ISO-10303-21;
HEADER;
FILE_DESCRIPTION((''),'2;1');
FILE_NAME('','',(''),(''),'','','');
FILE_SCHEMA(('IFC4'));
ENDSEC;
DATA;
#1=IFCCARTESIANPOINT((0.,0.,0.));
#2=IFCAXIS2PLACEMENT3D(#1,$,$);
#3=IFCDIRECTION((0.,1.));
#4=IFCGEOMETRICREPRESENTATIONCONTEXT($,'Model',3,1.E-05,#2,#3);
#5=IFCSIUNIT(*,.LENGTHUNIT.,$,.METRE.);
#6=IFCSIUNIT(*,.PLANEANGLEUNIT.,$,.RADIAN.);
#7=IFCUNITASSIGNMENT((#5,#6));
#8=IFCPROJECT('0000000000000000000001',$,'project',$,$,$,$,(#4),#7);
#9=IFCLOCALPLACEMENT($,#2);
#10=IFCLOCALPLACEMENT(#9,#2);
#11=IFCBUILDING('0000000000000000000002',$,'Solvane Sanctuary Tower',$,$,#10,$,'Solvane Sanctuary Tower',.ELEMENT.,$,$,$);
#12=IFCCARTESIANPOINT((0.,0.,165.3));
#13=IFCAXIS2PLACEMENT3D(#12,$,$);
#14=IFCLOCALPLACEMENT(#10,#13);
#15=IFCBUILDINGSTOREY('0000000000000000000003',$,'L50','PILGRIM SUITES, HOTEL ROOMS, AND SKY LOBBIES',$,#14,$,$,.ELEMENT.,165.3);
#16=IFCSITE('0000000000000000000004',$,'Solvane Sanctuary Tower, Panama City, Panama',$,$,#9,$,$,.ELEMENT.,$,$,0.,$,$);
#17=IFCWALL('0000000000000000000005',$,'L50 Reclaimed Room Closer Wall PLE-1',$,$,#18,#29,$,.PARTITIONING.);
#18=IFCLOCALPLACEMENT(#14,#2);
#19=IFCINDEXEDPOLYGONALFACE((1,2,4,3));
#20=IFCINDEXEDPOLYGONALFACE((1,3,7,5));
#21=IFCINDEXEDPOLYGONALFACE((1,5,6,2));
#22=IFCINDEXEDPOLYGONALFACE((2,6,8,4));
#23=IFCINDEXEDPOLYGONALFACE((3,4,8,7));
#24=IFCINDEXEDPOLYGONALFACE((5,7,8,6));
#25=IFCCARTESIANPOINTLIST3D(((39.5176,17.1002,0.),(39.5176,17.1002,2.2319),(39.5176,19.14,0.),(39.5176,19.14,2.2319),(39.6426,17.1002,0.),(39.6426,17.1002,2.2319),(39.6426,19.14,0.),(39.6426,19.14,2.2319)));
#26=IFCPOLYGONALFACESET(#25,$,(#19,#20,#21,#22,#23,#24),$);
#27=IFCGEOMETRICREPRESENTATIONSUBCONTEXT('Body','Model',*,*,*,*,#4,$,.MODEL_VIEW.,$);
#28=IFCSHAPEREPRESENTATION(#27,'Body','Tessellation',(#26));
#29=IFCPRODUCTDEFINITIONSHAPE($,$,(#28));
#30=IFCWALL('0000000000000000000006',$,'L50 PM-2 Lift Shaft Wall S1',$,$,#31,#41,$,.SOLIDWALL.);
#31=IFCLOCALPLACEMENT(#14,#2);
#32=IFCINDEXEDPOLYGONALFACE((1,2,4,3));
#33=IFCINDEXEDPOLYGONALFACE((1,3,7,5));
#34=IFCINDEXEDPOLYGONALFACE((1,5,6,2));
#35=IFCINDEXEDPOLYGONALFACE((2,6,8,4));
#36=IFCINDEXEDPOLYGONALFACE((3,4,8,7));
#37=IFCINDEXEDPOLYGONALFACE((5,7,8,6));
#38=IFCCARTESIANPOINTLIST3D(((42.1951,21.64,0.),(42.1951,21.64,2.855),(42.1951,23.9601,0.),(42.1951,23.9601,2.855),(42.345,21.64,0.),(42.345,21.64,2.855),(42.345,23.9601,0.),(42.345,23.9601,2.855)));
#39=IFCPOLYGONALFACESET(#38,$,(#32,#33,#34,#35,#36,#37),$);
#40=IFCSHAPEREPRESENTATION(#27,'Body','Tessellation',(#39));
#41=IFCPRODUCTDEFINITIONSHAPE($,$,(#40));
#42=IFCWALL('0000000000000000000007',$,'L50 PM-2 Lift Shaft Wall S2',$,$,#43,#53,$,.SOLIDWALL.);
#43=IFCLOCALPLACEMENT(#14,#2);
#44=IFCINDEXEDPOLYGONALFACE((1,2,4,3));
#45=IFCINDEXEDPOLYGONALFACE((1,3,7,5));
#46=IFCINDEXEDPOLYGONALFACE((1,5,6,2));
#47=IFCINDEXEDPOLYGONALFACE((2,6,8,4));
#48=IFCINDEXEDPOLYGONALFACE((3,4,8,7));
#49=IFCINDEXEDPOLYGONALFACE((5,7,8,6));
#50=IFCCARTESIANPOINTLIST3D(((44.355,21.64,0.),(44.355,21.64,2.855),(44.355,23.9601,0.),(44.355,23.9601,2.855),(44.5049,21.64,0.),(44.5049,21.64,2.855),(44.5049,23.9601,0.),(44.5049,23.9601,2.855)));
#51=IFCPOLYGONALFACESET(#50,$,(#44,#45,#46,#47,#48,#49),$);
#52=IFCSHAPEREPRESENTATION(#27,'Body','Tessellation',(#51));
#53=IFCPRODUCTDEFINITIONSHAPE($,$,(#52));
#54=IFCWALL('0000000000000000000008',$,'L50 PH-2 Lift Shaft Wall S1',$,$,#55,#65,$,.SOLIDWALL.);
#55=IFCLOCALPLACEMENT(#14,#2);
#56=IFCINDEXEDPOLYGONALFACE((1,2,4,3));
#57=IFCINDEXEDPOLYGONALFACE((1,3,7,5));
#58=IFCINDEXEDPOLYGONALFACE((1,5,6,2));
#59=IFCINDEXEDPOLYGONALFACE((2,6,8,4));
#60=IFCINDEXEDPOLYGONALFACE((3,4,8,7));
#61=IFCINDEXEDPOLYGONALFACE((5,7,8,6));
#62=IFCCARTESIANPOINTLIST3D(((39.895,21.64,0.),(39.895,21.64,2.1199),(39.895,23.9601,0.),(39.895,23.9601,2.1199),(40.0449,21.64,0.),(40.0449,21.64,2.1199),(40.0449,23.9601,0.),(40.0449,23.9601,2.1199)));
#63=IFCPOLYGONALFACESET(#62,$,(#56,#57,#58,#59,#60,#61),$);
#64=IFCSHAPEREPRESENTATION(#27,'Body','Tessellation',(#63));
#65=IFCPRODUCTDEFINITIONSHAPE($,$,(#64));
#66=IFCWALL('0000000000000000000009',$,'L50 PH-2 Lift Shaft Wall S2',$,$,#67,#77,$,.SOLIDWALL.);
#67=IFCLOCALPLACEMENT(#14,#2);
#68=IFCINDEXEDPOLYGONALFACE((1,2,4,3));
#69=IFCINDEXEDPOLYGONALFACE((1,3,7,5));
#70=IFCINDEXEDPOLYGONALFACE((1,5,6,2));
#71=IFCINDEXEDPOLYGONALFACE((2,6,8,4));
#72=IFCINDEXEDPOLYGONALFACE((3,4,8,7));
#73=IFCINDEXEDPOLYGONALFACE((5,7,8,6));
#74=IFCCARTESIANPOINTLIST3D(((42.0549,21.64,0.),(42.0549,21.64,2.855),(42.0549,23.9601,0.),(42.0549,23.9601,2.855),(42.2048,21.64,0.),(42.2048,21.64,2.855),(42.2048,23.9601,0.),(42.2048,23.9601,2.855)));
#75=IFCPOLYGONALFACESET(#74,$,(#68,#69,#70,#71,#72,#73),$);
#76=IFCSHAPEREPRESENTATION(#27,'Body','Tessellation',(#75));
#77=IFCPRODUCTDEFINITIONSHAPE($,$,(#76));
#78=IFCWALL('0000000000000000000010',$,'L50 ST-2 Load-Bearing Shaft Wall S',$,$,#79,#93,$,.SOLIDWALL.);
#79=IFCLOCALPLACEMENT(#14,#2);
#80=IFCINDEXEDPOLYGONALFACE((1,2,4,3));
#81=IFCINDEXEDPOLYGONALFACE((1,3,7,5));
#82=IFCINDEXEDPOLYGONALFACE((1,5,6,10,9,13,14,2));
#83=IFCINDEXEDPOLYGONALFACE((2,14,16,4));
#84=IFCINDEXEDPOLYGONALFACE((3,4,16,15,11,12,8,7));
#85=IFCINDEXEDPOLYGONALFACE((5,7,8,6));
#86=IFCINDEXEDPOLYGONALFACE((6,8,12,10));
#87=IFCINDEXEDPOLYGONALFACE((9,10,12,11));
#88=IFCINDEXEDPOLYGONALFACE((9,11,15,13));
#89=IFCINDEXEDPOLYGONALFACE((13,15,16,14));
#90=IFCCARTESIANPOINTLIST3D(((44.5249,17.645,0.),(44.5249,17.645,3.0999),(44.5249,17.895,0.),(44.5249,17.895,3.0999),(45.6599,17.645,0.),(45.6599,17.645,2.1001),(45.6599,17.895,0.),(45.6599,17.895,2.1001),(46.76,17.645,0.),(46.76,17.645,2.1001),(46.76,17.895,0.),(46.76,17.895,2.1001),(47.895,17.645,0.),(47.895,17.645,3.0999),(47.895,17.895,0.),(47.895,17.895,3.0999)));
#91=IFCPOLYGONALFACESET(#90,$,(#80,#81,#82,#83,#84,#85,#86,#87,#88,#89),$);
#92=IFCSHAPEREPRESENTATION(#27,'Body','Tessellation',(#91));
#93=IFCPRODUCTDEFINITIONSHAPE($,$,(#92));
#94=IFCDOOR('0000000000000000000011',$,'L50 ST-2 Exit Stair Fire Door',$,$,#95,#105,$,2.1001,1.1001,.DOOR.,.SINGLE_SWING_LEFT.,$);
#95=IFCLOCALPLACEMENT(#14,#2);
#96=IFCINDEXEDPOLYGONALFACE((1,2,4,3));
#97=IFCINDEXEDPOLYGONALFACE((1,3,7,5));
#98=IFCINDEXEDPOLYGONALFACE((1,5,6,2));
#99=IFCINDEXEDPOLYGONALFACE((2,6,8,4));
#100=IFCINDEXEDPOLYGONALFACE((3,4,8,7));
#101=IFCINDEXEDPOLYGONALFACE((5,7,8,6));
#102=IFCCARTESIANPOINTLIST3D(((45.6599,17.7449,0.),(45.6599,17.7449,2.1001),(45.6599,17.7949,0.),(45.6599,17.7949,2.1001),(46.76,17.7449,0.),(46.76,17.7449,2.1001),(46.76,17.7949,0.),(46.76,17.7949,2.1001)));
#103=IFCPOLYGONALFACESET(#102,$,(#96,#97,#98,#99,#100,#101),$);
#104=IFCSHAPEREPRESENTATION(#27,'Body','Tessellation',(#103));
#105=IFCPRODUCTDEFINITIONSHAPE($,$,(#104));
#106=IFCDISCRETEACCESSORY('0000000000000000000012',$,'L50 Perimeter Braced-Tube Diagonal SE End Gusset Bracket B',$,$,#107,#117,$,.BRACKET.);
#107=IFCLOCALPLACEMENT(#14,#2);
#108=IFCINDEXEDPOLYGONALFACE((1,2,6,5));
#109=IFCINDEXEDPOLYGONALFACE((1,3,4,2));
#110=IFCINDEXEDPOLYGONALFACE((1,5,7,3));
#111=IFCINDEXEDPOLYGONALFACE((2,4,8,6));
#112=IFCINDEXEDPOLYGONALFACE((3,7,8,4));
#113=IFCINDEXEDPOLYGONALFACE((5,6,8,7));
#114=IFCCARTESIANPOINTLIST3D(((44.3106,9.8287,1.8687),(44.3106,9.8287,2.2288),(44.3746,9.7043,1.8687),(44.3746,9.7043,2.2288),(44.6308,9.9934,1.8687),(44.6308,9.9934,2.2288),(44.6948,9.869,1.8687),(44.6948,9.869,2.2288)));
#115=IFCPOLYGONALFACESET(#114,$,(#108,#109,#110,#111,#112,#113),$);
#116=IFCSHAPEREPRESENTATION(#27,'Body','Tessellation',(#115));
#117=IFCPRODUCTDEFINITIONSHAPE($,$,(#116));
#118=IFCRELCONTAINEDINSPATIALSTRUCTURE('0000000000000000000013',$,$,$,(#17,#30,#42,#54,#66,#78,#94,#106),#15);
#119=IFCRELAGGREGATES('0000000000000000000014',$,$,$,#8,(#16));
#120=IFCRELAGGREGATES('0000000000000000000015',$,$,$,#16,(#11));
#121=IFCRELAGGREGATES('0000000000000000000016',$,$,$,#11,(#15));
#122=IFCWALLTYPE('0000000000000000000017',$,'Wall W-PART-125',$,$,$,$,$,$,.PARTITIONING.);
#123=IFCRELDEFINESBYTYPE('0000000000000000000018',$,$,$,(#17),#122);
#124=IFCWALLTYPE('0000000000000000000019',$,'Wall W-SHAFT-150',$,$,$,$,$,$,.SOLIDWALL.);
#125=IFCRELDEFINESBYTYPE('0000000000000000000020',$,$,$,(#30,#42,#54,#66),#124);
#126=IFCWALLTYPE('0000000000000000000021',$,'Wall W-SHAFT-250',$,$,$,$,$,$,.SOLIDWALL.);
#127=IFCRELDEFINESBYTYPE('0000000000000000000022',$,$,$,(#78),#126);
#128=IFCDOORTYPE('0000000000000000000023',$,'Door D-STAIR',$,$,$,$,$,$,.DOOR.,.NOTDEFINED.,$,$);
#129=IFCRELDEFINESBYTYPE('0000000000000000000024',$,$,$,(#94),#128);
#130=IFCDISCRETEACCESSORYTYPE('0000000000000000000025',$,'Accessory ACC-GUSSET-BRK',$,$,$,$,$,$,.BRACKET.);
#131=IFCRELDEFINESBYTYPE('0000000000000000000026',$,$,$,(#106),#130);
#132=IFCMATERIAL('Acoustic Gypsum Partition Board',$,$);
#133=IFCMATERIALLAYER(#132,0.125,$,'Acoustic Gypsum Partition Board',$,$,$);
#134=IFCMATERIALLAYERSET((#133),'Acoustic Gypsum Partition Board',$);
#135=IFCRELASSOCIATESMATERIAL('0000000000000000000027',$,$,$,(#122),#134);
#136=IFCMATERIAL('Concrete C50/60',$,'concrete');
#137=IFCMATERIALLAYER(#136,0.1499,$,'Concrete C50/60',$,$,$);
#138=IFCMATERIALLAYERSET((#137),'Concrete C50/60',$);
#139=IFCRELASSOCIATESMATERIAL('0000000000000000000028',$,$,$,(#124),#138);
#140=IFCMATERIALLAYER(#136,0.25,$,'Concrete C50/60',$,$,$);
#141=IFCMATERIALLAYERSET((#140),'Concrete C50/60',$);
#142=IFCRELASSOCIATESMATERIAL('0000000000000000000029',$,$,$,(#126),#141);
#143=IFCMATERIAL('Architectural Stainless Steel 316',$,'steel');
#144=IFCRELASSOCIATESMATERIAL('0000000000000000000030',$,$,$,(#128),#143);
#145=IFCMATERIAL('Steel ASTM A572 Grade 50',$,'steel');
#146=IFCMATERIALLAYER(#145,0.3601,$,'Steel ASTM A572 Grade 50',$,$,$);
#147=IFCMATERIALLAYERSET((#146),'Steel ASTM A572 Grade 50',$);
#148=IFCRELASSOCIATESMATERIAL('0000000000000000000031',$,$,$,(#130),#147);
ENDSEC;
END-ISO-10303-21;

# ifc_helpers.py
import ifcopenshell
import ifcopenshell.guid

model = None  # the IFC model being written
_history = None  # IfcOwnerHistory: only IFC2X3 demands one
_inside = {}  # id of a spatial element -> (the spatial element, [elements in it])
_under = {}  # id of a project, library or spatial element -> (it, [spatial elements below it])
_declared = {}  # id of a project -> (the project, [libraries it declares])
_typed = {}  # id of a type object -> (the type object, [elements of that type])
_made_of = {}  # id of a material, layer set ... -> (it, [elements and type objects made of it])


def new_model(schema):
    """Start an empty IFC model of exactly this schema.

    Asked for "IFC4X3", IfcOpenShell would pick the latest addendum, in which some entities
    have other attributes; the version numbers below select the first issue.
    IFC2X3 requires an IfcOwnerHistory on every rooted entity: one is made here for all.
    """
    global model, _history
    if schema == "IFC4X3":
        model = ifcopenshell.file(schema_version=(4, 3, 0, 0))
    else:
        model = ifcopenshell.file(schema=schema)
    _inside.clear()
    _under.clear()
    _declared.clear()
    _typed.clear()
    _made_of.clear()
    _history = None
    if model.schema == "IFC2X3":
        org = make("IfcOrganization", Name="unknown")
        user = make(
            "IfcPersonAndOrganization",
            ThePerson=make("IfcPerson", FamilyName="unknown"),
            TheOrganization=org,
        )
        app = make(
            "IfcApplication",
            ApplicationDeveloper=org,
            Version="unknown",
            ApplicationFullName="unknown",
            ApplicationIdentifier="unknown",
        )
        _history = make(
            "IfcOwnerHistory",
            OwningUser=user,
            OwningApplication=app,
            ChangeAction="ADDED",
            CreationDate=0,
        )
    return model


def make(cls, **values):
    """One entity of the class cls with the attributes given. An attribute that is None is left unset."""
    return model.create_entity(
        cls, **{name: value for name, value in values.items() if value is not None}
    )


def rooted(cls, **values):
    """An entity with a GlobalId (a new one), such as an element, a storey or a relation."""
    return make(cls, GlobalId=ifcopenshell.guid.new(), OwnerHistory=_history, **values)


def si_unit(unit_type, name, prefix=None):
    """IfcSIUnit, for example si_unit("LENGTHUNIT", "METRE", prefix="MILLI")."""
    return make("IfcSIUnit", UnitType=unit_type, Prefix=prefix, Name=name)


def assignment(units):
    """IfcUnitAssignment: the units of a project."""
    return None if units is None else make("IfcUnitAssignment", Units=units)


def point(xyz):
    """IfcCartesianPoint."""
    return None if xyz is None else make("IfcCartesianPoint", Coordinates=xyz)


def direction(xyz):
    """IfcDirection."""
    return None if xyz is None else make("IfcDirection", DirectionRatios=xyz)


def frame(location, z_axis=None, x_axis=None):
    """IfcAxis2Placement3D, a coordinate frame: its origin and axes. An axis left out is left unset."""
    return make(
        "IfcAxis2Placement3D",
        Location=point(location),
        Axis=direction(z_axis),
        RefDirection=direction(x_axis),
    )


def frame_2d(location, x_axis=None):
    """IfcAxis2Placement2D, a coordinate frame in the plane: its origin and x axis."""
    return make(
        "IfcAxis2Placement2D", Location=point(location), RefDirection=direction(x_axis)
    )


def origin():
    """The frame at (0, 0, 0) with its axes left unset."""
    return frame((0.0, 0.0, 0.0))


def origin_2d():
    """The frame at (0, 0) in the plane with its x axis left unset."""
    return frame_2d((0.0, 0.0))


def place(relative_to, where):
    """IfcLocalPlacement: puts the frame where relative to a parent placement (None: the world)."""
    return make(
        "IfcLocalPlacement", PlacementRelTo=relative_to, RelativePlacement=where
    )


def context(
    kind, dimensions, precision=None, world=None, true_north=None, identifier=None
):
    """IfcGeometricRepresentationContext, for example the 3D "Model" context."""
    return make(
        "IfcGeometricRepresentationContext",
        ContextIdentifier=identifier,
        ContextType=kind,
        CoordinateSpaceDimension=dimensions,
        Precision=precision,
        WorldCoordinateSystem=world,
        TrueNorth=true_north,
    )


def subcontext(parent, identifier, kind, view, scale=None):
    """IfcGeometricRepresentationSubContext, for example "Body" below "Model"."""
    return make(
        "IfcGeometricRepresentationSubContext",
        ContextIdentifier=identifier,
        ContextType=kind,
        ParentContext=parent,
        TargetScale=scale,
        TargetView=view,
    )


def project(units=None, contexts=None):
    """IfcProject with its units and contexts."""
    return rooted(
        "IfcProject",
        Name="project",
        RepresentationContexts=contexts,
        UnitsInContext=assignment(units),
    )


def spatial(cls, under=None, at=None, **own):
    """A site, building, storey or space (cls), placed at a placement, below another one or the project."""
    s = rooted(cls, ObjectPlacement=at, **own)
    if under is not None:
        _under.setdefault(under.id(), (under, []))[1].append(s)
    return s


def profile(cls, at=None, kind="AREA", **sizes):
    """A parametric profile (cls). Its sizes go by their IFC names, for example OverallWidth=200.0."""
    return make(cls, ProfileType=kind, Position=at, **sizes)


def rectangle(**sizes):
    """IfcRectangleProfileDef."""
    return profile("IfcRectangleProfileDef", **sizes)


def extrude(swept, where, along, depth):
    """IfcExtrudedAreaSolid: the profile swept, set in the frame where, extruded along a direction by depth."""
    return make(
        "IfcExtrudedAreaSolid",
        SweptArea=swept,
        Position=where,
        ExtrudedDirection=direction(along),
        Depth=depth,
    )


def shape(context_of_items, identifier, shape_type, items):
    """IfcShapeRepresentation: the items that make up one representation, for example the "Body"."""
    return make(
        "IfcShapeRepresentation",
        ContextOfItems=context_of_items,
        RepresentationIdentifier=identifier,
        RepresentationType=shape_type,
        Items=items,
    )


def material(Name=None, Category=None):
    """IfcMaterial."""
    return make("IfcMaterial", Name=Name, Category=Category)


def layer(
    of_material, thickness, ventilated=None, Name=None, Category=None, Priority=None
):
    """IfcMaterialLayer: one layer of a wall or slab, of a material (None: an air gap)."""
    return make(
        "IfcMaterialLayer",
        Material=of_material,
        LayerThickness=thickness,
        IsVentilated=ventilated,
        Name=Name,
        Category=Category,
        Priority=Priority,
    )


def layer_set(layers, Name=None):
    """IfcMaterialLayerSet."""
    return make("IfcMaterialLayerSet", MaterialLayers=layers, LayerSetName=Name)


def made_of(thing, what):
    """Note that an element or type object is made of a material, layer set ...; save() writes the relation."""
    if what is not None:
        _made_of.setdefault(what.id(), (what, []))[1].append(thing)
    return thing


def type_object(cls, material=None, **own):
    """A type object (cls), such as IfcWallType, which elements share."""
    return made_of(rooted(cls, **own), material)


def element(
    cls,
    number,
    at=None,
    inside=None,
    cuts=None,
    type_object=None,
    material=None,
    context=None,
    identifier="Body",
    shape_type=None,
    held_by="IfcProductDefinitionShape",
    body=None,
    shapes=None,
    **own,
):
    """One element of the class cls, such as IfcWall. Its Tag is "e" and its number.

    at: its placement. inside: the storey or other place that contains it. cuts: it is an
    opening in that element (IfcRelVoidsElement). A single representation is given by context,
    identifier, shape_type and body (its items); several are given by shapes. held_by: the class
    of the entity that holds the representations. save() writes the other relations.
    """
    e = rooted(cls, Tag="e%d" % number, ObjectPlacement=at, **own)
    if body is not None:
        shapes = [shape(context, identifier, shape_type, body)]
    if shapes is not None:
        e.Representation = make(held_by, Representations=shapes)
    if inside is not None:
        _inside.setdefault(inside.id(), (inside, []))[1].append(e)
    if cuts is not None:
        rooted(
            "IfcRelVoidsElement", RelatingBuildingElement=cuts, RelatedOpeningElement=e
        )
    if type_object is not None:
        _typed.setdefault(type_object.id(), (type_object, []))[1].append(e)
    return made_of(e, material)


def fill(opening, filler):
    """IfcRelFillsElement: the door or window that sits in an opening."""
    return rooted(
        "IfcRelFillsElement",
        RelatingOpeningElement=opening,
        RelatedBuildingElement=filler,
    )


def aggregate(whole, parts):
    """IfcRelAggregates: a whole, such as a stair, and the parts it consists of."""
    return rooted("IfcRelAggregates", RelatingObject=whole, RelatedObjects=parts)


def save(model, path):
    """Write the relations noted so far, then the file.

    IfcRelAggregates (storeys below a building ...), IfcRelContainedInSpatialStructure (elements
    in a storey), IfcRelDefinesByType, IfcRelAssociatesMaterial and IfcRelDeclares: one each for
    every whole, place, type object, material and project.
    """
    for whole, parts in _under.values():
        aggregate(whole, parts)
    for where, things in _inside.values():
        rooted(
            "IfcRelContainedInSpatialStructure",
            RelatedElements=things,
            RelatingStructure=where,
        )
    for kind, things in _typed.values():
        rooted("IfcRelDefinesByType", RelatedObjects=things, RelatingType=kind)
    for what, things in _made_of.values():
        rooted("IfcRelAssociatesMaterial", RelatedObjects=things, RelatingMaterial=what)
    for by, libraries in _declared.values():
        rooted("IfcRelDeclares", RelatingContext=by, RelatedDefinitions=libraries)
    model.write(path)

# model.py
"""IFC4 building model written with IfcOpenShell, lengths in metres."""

from ifc_helpers import new_model, si_unit, direction, frame, frame_2d, origin, origin_2d, place, context, subcontext, project, spatial, rectangle, extrude, material, layer, layer_set, type_object, element, fill, save


model = new_model("IFC4")

# Units and contexts
model_context = context("Model", 3, precision=1e-05, world=origin(), true_north=direction((0.0, 1.0)))
body_context = subcontext(model_context, "Body", "Model", "MODEL_VIEW")
ifc_project = project(units=[si_unit("LENGTHUNIT", "METRE"), si_unit("PLANEANGLEUNIT", "RADIAN")], contexts=[model_context])

# Site, building, storey
site_placement = place(None, origin())
site = spatial("IfcSite", under=ifc_project, at=site_placement, Name="Solvane Sanctuary Tower, Panama City, Panama", CompositionType="ELEMENT", RefElevation=0.0)
building_placement = place(site_placement, origin())
building = spatial("IfcBuilding", under=site, at=building_placement, Name="Solvane Sanctuary Tower", LongName="Solvane Sanctuary Tower", CompositionType="ELEMENT")
storey_placement = place(building_placement, frame((0.0, 0.0, 165.3)))
storey = spatial("IfcBuildingStorey", under=building, at=storey_placement, Name="L50", Description="PILGRIM SUITES, HOTEL ROOMS, AND SKY LOBBIES", CompositionType="ELEMENT", Elevation=165.3)

# Shared definitions
ifc_material_1 = material(Name="Acoustic Gypsum Partition Board")

# Shared definitions
ifc_layer_1 = layer(ifc_material_1, 0.125, Name="Acoustic Gypsum Partition Board")
ifc_layer_set_1 = layer_set([ifc_layer_1], Name="Acoustic Gypsum Partition Board")
wall_type_1 = type_object("IfcWallType", Name="Wall W-PART-125", PredefinedType="PARTITIONING", material=ifc_layer_set_1)
ifc_material_2 = material(Name="Architectural Stainless Steel 316", Category="steel")

# Walls
wall_1_placement = place(storey_placement, frame((39.5801, 17.1001, 0.0), z_axis=(0.0, 0.0, 1.0), x_axis=(0.0, 1.0, 0.0)))
element("IfcWall", 1, at=wall_1_placement, inside=storey, type_object=wall_type_1, Name="L50 Reclaimed Room Closer Wall PLE-1", PredefinedType="PARTITIONING", context=body_context, shape_type="SweptSolid", body=[
    extrude(rectangle(XDim=2.0398, YDim=0.125, at=frame_2d((1.02, 0.0))), origin(), (0.0, 0.0, 1.0), 2.2319),
])
ifc_material_3 = material(Name="Concrete C50/60", Category="concrete")
ifc_layer_2 = layer(ifc_material_3, 0.1499, Name="Concrete C50/60")
ifc_layer_set_2 = layer_set([ifc_layer_2], Name="Concrete C50/60")
wall_type_2 = type_object("IfcWallType", Name="Wall W-SHAFT-150", PredefinedType="SOLIDWALL", material=ifc_layer_set_2)
for number, where, z_axis, x_axis, name in (
    (2, (42.27, 21.6399, 0.0), (0.0, 0.0, 1.0), (0.0, 1.0, 0.0), "L50 PM-2 Lift Shaft Wall S1"),
    (3, (44.4299, 21.6399, 0.0), (0.0, 0.0, 1.0), (0.0, 1.0, 0.0), "L50 PM-2 Lift Shaft Wall S2"),
):
    element("IfcWall", number, at=place(storey_placement, frame(where, z_axis=z_axis, x_axis=x_axis)), inside=storey, type_object=wall_type_2, Name=name, PredefinedType="SOLIDWALL", context=body_context, shape_type="SweptSolid", body=[
        extrude(rectangle(XDim=2.3201, YDim=0.1499, at=frame_2d((1.1602, 0.0))), origin(), (0.0, 0.0, 1.0), 2.855),
    ])
wall_2_placement = place(storey_placement, frame((39.97, 21.6399, 0.0), z_axis=(0.0, 0.0, 1.0), x_axis=(0.0, 1.0, 0.0)))
element("IfcWall", 4, at=wall_2_placement, inside=storey, type_object=wall_type_2, Name="L50 PH-2 Lift Shaft Wall S1", PredefinedType="SOLIDWALL", context=body_context, shape_type="SweptSolid", body=[
    extrude(rectangle(XDim=2.3201, YDim=0.1499, at=frame_2d((1.1602, 0.0))), origin(), (0.0, 0.0, 1.0), 2.1199),
])
wall_3_placement = place(storey_placement, frame((42.1299, 21.6399, 0.0), z_axis=(0.0, 0.0, 1.0), x_axis=(0.0, 1.0, 0.0)))
element("IfcWall", 5, at=wall_3_placement, inside=storey, type_object=wall_type_2, Name="L50 PH-2 Lift Shaft Wall S2", PredefinedType="SOLIDWALL", context=body_context, shape_type="SweptSolid", body=[
    extrude(rectangle(XDim=2.3201, YDim=0.1499, at=frame_2d((1.1602, 0.0))), origin(), (0.0, 0.0, 1.0), 2.855),
])

# Wall, opening, door
ifc_layer_3 = layer(ifc_material_3, 0.25, Name="Concrete C50/60")
ifc_layer_set_3 = layer_set([ifc_layer_3], Name="Concrete C50/60")
wall_type_3 = type_object("IfcWallType", Name="Wall W-SHAFT-250", PredefinedType="SOLIDWALL", material=ifc_layer_set_3)
wall_4_placement = place(storey_placement, frame((44.5249, 17.77, 0.0), z_axis=(0.0, 0.0, 1.0), x_axis=(1.0, 0.0, 0.0)))
wall_4 = element("IfcWall", 6, at=wall_4_placement, inside=storey, type_object=wall_type_3, Name="L50 ST-2 Load-Bearing Shaft Wall S", PredefinedType="SOLIDWALL", context=body_context, shape_type="SweptSolid", body=[
    extrude(rectangle(XDim=3.3701, YDim=0.25, at=frame_2d((1.6851, 0.0))), origin(), (0.0, 0.0, 1.0), 3.0999),
])
opening_1_placement = place(wall_4_placement, frame((1.135, 0.0, 0.0)))
opening_1 = element("IfcOpeningElement", 7, at=opening_1_placement, cuts=wall_4, PredefinedType="OPENING", context=body_context, shape_type="SweptSolid", body=[
    extrude(rectangle(XDim=1.1001, YDim=2.1001, at=frame_2d((0.55, 1.05))), frame((0.0, 0.135, 0.0), z_axis=(0.0, -1.0, 0.0), x_axis=(1.0, 0.0, 0.0)), (0.0, 0.0, 1.0), 0.27),
])
door_type_1 = type_object("IfcDoorType", Name="Door D-STAIR", OperationType="NOTDEFINED", PredefinedType="DOOR", material=ifc_material_2)
door_1_placement = place(opening_1_placement, origin())
door_1 = element("IfcDoor", 8, at=door_1_placement, inside=storey, type_object=door_type_1, Name="L50 ST-2 Exit Stair Fire Door", OperationType="SINGLE_SWING_LEFT", OverallHeight=2.1001, OverallWidth=1.1001, PredefinedType="DOOR", context=body_context, shape_type="SweptSolid", body=[
    extrude(rectangle(XDim=1.1001, YDim=2.1001, at=frame_2d((0.55, 1.05))), frame((0.0, 0.0249, 0.0), z_axis=(0.0, -1.0, 0.0), x_axis=(1.0, 0.0, 0.0)), (0.0, 0.0, 1.0), 0.05),
])
fill(opening_1, door_1)

# Discrete accessory
ifc_material_4 = material(Name="Steel ASTM A572 Grade 50", Category="steel")
ifc_layer_4 = layer(ifc_material_4, 0.3601, Name="Steel ASTM A572 Grade 50")
ifc_layer_set_4 = layer_set([ifc_layer_4], Name="Steel ASTM A572 Grade 50")
discrete_accessory_type = type_object("IfcDiscreteAccessoryType", Name="Accessory ACC-GUSSET-BRK", PredefinedType="BRACKET", material=ifc_layer_set_4)
discrete_accessory_placement = place(storey_placement, frame((44.5027, 9.8489, 1.8687), z_axis=(0.0, 0.0, 1.0), x_axis=(-0.889257, -0.457408, 0.0)))
element("IfcDiscreteAccessory", 9, at=discrete_accessory_placement, inside=storey, type_object=discrete_accessory_type, Name="L50 Perimeter Braced-Tube Diagonal SE End Gusset Bracket B", PredefinedType="BRACKET", context=body_context, shape_type="SweptSolid", body=[
    extrude(rectangle(XDim=0.3601, YDim=0.1399, at=origin_2d()), origin(), (0.0, 0.0, 1.0), 0.3601),
])

save(model, "model.ifc")
